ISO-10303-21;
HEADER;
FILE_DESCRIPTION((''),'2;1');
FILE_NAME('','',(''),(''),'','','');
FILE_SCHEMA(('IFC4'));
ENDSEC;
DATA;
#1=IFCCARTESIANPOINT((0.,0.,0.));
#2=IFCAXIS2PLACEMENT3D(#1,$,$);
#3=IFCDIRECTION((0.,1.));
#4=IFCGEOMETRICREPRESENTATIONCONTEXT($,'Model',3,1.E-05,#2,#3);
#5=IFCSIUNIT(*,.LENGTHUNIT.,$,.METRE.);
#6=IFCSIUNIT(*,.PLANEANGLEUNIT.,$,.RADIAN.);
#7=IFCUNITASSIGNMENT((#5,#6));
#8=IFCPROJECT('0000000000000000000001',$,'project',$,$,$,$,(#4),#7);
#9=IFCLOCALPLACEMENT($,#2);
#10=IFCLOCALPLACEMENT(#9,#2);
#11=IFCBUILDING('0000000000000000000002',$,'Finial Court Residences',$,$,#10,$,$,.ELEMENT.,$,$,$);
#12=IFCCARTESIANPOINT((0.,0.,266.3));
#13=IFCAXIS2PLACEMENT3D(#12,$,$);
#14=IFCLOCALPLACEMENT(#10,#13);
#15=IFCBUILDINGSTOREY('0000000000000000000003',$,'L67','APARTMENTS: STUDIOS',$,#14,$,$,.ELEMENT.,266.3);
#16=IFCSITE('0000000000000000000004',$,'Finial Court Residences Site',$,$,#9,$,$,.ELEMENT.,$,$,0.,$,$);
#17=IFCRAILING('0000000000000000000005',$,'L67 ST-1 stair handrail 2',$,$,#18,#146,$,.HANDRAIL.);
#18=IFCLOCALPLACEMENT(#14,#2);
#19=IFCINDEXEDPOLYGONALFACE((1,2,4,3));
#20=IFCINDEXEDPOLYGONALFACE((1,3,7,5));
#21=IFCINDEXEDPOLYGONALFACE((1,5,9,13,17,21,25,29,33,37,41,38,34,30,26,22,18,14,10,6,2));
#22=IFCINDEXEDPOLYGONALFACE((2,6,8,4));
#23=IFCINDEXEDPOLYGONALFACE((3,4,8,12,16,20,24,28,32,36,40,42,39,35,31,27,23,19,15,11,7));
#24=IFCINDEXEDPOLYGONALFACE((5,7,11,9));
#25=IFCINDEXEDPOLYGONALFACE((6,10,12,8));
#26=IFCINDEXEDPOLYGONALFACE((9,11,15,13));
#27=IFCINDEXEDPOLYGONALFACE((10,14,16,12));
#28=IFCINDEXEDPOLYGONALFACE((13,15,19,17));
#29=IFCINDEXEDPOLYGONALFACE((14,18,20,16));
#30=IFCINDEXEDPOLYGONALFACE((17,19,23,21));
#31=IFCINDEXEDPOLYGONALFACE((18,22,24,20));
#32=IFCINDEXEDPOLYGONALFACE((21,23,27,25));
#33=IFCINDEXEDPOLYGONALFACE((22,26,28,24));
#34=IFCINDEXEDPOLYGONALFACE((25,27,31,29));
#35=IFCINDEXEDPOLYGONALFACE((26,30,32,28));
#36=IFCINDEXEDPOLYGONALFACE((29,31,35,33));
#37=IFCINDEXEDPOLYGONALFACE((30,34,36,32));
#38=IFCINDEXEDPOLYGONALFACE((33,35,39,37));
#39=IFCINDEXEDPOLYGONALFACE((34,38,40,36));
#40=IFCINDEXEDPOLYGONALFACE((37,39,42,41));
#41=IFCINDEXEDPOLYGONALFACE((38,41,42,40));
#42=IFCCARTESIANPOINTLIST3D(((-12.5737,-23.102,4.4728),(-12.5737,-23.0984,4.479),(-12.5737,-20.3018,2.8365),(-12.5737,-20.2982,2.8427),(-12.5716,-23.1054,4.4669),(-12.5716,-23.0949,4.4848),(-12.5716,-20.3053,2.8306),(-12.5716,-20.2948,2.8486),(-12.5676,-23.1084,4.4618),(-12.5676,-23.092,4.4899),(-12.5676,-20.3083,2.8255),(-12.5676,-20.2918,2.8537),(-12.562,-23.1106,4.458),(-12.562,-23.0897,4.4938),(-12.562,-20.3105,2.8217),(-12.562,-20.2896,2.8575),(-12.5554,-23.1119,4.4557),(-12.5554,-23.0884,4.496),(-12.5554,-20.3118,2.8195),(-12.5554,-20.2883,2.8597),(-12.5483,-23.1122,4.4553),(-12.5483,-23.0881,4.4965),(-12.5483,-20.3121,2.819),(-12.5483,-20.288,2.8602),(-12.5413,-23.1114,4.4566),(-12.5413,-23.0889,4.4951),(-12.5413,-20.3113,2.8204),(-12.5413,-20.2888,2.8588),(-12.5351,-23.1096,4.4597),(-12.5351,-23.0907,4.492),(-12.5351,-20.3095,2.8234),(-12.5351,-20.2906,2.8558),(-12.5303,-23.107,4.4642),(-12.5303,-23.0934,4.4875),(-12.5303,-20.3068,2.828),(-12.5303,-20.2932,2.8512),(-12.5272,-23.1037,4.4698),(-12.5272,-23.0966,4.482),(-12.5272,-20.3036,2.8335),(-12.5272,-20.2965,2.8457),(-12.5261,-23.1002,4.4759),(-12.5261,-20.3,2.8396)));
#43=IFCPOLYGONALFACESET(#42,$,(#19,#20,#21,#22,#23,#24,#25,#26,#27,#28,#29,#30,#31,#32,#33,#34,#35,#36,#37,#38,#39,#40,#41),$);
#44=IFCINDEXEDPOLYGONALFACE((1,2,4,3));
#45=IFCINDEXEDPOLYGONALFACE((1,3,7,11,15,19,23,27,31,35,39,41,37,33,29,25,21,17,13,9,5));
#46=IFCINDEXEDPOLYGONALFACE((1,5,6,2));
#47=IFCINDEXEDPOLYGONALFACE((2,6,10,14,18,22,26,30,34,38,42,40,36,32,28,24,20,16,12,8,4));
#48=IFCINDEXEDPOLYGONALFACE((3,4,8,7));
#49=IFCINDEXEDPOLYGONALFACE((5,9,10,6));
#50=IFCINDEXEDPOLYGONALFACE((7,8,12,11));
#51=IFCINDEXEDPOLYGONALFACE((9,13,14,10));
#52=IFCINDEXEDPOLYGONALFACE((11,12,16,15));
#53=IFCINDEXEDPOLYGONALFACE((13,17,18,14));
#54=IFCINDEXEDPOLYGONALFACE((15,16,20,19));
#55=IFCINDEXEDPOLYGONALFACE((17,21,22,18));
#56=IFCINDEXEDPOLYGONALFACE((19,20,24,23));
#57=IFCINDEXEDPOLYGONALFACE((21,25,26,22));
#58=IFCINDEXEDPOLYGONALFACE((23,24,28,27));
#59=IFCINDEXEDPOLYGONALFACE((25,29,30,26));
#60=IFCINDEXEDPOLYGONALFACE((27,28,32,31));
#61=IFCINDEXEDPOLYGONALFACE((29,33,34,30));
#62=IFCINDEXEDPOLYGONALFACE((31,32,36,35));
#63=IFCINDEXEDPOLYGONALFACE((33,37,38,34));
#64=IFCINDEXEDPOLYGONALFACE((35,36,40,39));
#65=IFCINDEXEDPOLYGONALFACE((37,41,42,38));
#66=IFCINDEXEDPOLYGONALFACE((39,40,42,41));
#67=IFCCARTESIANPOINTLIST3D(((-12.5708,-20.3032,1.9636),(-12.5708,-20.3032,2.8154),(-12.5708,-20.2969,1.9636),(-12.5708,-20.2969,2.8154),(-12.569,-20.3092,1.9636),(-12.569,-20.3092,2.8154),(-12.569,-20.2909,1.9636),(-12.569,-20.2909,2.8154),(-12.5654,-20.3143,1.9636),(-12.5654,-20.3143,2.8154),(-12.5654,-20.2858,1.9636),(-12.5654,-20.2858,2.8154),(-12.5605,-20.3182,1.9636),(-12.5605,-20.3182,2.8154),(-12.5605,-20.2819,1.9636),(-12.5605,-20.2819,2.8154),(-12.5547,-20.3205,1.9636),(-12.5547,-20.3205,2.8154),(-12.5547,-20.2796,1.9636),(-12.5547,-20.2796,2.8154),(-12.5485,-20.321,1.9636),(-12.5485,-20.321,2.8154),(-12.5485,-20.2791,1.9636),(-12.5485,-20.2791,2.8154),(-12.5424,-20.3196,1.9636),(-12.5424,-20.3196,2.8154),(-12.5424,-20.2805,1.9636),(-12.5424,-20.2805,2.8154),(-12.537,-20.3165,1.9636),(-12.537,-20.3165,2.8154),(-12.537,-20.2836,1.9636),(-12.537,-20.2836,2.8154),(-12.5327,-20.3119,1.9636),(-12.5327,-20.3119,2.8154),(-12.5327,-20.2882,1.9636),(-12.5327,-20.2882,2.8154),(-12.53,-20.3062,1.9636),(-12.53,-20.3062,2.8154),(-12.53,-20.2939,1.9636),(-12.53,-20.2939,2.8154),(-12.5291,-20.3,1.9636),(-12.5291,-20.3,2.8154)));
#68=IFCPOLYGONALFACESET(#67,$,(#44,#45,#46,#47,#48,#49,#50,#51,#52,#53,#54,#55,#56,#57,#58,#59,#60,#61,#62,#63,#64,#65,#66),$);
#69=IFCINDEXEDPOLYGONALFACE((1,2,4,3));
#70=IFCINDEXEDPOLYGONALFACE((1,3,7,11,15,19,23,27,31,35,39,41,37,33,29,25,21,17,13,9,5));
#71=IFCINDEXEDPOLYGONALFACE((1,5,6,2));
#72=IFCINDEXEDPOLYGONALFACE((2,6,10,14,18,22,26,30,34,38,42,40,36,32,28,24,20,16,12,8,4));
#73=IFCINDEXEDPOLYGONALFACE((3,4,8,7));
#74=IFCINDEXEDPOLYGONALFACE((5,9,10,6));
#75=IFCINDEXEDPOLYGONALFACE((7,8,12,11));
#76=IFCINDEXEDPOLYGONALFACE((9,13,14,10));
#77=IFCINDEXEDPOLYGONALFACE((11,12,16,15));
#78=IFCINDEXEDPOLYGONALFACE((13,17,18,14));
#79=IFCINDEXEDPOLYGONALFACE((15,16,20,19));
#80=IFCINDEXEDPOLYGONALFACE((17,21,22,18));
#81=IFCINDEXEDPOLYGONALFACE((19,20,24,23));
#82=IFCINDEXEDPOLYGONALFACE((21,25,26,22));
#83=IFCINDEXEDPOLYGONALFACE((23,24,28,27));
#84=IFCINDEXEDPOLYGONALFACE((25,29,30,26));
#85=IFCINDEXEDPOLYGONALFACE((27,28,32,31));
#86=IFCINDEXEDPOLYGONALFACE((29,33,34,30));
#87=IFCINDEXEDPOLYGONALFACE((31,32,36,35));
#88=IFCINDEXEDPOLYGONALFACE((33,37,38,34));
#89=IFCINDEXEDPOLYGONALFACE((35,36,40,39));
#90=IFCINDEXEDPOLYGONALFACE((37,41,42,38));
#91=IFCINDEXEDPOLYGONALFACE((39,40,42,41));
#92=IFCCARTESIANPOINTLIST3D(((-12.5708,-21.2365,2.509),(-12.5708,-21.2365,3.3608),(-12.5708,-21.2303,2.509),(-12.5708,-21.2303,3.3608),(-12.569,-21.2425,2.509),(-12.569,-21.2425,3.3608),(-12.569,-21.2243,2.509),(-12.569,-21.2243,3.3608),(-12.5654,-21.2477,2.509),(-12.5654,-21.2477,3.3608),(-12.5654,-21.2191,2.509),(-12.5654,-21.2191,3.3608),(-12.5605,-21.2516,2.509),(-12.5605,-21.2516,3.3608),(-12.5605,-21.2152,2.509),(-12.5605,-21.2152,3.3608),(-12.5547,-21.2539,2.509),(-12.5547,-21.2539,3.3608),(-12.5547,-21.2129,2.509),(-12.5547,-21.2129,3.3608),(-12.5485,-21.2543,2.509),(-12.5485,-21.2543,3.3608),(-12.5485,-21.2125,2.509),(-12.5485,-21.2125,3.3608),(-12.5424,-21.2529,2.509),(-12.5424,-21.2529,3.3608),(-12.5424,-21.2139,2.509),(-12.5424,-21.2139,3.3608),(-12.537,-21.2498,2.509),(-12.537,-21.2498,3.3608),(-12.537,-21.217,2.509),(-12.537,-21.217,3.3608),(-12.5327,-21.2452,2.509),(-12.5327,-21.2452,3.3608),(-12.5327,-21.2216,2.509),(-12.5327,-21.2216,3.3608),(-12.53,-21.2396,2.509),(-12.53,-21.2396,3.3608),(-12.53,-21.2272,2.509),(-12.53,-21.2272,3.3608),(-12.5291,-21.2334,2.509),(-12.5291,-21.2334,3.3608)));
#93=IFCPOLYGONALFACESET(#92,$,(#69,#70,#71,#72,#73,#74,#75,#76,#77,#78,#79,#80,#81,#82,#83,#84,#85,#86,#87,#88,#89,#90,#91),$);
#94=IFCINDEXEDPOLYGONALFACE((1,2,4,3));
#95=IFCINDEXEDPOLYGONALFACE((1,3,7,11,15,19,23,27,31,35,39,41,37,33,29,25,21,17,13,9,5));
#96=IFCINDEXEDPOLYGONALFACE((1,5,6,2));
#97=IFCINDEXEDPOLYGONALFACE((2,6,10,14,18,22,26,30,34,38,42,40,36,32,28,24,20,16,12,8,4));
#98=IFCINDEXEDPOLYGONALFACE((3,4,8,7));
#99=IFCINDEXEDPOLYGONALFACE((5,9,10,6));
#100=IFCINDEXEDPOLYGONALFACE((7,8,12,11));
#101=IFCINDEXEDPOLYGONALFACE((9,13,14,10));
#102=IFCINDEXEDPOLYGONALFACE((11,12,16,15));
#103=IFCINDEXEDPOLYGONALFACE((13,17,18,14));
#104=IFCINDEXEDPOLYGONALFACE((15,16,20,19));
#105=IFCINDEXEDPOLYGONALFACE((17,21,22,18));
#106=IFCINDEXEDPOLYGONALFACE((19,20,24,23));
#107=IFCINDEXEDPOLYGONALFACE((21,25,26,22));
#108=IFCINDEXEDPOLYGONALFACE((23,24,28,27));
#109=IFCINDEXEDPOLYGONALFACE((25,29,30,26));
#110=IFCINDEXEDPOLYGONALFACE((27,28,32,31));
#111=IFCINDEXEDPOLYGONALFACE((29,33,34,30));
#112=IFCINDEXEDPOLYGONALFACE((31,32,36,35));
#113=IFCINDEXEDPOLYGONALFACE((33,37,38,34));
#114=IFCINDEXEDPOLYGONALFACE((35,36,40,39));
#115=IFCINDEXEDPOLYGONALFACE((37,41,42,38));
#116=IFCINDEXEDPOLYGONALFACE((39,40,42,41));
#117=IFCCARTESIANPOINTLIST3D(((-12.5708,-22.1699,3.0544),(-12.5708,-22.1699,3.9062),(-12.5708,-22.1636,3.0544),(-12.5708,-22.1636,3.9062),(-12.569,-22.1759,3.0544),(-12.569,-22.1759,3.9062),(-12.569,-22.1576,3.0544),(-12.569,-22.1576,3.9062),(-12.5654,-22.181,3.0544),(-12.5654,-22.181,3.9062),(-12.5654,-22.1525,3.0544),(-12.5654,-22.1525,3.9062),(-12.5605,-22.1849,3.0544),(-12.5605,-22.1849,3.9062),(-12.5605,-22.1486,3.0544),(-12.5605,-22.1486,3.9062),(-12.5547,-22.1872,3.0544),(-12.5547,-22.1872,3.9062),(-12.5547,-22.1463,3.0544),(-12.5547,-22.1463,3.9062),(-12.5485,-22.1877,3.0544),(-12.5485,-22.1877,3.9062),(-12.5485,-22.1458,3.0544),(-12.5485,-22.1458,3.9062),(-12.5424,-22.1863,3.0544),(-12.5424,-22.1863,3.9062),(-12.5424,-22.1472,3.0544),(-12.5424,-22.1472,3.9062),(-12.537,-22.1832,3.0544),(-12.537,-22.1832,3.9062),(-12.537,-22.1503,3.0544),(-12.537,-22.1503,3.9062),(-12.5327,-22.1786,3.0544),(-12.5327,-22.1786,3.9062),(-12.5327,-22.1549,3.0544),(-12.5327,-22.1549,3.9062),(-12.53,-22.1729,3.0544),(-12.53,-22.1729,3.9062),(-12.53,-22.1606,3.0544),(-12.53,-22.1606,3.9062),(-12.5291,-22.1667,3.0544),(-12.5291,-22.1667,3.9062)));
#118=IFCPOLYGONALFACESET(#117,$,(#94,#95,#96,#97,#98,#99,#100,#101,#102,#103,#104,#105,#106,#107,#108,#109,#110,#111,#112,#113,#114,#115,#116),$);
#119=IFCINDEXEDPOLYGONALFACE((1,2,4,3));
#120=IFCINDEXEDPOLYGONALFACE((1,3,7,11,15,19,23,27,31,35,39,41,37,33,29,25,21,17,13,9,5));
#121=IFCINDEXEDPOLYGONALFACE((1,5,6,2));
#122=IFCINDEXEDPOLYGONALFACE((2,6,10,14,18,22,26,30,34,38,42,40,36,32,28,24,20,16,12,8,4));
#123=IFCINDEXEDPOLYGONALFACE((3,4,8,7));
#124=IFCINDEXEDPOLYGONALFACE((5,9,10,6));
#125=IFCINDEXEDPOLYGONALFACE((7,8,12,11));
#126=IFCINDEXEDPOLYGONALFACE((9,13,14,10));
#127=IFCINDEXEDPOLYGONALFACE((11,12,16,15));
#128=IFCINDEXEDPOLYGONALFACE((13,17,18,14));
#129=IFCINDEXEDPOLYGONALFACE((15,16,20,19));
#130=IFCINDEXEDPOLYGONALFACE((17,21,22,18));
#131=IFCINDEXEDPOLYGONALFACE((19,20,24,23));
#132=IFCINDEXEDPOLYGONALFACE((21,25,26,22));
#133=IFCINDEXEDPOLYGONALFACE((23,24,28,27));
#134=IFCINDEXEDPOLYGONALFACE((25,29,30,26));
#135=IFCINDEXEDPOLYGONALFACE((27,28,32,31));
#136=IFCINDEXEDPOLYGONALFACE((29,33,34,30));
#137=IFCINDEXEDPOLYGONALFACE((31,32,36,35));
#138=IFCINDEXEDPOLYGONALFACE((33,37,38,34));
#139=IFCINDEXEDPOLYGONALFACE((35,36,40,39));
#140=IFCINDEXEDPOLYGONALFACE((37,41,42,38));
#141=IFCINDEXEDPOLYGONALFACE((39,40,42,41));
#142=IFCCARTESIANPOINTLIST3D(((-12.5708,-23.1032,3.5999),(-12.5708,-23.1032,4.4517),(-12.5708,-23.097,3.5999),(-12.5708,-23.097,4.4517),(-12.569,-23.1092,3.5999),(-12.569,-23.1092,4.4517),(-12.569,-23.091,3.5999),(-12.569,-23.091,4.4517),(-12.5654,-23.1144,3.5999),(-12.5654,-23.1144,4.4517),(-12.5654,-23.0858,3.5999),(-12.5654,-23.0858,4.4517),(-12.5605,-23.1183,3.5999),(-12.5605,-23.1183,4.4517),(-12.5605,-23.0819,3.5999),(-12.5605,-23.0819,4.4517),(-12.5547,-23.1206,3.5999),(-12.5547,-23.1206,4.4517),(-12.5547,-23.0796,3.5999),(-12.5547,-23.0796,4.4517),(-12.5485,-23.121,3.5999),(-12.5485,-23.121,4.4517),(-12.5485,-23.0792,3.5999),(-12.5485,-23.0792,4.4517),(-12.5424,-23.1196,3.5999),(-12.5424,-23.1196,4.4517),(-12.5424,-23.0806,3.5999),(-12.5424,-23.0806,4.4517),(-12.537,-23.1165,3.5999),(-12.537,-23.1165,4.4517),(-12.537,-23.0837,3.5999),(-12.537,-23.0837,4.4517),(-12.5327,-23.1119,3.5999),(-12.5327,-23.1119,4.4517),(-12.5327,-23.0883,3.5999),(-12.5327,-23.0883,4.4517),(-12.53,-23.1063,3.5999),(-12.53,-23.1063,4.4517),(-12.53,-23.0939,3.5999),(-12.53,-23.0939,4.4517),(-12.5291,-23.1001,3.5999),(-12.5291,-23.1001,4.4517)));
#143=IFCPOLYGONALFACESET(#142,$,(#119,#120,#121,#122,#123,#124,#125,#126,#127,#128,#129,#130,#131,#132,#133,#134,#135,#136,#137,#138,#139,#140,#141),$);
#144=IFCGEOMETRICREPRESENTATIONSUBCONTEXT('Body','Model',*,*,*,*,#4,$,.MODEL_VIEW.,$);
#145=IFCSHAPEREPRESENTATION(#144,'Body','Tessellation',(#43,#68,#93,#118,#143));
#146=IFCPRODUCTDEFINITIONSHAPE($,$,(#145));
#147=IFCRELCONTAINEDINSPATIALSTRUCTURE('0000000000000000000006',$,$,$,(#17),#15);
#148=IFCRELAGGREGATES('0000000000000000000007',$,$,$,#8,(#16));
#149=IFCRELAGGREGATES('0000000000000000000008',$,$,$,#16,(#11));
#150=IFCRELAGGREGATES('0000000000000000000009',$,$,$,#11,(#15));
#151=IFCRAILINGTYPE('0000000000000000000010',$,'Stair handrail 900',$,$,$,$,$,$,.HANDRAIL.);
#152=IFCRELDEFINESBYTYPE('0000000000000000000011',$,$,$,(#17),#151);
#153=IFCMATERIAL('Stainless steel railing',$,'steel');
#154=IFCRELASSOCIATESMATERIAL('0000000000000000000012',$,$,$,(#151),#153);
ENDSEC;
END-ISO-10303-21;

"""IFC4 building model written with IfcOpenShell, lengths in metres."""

from ifc_helpers import new_model, si_unit, direction, frame, origin, origin_2d, place, context, subcontext, project, spatial, circle, extrude, material, type_object, element, save


model = new_model("IFC4")

# Units and contexts
model_context = context("Model", 3, precision=1e-05, world=origin(), true_north=direction((0.0, 1.0)))
body_context = subcontext(model_context, "Body", "Model", "MODEL_VIEW")
ifc_project = project(units=[si_unit("LENGTHUNIT", "METRE"), si_unit("PLANEANGLEUNIT", "RADIAN")], contexts=[model_context])

# Site, building, storey
site_placement = place(None, origin())
site = spatial("IfcSite", under=ifc_project, at=site_placement, Name="Finial Court Residences Site", CompositionType="ELEMENT", RefElevation=0.0)
building_placement = place(site_placement, origin())
building = spatial("IfcBuilding", under=site, at=building_placement, Name="Finial Court Residences", CompositionType="ELEMENT")
storey_placement = place(building_placement, frame((0.0, 0.0, 266.3)))
storey = spatial("IfcBuildingStorey", under=building, at=storey_placement, Name="L67", Description="APARTMENTS: STUDIOS", CompositionType="ELEMENT", Elevation=266.3)

# Railing
ifc_material_1 = material(Name="Stainless steel railing", Category="steel")
railing_type_1 = type_object("IfcRailingType", Name="Stair handrail 900", PredefinedType="HANDRAIL", material=ifc_material_1)
railing_1_placement = place(storey_placement, frame((-12.55, -20.3, 1.9636)))
element("IfcRailing", 1, at=railing_1_placement, inside=storey, type_object=railing_type_1, Name="L67 ST-1 stair handrail 2", PredefinedType="HANDRAIL", context=body_context, shape_type="SweptSolid", body=[
    extrude(circle(Radius=0.0239, at=origin_2d()), frame((0.0, 0.0, 0.876), z_axis=(0.0, -0.863394, 0.504531), x_axis=(1.0, 0.0, 0.0)), (0.0, 0.0, 1.0), 3.2432),
    extrude(circle(Radius=0.021, at=origin_2d()), origin(), (0.0, 0.0, 1.0), 0.8518),
    extrude(circle(Radius=0.021, at=origin_2d()), frame((0.0, -0.9333, 0.5454)), (0.0, 0.0, 1.0), 0.8518),
    extrude(circle(Radius=0.021, at=origin_2d()), frame((0.0, -1.8667, 1.0908)), (0.0, 0.0, 1.0), 0.8518),
    extrude(circle(Radius=0.021, at=origin_2d()), frame((0.0, -2.8, 1.6362)), (0.0, 0.0, 1.0), 0.8518),
])

save(model, "model.ifc")
